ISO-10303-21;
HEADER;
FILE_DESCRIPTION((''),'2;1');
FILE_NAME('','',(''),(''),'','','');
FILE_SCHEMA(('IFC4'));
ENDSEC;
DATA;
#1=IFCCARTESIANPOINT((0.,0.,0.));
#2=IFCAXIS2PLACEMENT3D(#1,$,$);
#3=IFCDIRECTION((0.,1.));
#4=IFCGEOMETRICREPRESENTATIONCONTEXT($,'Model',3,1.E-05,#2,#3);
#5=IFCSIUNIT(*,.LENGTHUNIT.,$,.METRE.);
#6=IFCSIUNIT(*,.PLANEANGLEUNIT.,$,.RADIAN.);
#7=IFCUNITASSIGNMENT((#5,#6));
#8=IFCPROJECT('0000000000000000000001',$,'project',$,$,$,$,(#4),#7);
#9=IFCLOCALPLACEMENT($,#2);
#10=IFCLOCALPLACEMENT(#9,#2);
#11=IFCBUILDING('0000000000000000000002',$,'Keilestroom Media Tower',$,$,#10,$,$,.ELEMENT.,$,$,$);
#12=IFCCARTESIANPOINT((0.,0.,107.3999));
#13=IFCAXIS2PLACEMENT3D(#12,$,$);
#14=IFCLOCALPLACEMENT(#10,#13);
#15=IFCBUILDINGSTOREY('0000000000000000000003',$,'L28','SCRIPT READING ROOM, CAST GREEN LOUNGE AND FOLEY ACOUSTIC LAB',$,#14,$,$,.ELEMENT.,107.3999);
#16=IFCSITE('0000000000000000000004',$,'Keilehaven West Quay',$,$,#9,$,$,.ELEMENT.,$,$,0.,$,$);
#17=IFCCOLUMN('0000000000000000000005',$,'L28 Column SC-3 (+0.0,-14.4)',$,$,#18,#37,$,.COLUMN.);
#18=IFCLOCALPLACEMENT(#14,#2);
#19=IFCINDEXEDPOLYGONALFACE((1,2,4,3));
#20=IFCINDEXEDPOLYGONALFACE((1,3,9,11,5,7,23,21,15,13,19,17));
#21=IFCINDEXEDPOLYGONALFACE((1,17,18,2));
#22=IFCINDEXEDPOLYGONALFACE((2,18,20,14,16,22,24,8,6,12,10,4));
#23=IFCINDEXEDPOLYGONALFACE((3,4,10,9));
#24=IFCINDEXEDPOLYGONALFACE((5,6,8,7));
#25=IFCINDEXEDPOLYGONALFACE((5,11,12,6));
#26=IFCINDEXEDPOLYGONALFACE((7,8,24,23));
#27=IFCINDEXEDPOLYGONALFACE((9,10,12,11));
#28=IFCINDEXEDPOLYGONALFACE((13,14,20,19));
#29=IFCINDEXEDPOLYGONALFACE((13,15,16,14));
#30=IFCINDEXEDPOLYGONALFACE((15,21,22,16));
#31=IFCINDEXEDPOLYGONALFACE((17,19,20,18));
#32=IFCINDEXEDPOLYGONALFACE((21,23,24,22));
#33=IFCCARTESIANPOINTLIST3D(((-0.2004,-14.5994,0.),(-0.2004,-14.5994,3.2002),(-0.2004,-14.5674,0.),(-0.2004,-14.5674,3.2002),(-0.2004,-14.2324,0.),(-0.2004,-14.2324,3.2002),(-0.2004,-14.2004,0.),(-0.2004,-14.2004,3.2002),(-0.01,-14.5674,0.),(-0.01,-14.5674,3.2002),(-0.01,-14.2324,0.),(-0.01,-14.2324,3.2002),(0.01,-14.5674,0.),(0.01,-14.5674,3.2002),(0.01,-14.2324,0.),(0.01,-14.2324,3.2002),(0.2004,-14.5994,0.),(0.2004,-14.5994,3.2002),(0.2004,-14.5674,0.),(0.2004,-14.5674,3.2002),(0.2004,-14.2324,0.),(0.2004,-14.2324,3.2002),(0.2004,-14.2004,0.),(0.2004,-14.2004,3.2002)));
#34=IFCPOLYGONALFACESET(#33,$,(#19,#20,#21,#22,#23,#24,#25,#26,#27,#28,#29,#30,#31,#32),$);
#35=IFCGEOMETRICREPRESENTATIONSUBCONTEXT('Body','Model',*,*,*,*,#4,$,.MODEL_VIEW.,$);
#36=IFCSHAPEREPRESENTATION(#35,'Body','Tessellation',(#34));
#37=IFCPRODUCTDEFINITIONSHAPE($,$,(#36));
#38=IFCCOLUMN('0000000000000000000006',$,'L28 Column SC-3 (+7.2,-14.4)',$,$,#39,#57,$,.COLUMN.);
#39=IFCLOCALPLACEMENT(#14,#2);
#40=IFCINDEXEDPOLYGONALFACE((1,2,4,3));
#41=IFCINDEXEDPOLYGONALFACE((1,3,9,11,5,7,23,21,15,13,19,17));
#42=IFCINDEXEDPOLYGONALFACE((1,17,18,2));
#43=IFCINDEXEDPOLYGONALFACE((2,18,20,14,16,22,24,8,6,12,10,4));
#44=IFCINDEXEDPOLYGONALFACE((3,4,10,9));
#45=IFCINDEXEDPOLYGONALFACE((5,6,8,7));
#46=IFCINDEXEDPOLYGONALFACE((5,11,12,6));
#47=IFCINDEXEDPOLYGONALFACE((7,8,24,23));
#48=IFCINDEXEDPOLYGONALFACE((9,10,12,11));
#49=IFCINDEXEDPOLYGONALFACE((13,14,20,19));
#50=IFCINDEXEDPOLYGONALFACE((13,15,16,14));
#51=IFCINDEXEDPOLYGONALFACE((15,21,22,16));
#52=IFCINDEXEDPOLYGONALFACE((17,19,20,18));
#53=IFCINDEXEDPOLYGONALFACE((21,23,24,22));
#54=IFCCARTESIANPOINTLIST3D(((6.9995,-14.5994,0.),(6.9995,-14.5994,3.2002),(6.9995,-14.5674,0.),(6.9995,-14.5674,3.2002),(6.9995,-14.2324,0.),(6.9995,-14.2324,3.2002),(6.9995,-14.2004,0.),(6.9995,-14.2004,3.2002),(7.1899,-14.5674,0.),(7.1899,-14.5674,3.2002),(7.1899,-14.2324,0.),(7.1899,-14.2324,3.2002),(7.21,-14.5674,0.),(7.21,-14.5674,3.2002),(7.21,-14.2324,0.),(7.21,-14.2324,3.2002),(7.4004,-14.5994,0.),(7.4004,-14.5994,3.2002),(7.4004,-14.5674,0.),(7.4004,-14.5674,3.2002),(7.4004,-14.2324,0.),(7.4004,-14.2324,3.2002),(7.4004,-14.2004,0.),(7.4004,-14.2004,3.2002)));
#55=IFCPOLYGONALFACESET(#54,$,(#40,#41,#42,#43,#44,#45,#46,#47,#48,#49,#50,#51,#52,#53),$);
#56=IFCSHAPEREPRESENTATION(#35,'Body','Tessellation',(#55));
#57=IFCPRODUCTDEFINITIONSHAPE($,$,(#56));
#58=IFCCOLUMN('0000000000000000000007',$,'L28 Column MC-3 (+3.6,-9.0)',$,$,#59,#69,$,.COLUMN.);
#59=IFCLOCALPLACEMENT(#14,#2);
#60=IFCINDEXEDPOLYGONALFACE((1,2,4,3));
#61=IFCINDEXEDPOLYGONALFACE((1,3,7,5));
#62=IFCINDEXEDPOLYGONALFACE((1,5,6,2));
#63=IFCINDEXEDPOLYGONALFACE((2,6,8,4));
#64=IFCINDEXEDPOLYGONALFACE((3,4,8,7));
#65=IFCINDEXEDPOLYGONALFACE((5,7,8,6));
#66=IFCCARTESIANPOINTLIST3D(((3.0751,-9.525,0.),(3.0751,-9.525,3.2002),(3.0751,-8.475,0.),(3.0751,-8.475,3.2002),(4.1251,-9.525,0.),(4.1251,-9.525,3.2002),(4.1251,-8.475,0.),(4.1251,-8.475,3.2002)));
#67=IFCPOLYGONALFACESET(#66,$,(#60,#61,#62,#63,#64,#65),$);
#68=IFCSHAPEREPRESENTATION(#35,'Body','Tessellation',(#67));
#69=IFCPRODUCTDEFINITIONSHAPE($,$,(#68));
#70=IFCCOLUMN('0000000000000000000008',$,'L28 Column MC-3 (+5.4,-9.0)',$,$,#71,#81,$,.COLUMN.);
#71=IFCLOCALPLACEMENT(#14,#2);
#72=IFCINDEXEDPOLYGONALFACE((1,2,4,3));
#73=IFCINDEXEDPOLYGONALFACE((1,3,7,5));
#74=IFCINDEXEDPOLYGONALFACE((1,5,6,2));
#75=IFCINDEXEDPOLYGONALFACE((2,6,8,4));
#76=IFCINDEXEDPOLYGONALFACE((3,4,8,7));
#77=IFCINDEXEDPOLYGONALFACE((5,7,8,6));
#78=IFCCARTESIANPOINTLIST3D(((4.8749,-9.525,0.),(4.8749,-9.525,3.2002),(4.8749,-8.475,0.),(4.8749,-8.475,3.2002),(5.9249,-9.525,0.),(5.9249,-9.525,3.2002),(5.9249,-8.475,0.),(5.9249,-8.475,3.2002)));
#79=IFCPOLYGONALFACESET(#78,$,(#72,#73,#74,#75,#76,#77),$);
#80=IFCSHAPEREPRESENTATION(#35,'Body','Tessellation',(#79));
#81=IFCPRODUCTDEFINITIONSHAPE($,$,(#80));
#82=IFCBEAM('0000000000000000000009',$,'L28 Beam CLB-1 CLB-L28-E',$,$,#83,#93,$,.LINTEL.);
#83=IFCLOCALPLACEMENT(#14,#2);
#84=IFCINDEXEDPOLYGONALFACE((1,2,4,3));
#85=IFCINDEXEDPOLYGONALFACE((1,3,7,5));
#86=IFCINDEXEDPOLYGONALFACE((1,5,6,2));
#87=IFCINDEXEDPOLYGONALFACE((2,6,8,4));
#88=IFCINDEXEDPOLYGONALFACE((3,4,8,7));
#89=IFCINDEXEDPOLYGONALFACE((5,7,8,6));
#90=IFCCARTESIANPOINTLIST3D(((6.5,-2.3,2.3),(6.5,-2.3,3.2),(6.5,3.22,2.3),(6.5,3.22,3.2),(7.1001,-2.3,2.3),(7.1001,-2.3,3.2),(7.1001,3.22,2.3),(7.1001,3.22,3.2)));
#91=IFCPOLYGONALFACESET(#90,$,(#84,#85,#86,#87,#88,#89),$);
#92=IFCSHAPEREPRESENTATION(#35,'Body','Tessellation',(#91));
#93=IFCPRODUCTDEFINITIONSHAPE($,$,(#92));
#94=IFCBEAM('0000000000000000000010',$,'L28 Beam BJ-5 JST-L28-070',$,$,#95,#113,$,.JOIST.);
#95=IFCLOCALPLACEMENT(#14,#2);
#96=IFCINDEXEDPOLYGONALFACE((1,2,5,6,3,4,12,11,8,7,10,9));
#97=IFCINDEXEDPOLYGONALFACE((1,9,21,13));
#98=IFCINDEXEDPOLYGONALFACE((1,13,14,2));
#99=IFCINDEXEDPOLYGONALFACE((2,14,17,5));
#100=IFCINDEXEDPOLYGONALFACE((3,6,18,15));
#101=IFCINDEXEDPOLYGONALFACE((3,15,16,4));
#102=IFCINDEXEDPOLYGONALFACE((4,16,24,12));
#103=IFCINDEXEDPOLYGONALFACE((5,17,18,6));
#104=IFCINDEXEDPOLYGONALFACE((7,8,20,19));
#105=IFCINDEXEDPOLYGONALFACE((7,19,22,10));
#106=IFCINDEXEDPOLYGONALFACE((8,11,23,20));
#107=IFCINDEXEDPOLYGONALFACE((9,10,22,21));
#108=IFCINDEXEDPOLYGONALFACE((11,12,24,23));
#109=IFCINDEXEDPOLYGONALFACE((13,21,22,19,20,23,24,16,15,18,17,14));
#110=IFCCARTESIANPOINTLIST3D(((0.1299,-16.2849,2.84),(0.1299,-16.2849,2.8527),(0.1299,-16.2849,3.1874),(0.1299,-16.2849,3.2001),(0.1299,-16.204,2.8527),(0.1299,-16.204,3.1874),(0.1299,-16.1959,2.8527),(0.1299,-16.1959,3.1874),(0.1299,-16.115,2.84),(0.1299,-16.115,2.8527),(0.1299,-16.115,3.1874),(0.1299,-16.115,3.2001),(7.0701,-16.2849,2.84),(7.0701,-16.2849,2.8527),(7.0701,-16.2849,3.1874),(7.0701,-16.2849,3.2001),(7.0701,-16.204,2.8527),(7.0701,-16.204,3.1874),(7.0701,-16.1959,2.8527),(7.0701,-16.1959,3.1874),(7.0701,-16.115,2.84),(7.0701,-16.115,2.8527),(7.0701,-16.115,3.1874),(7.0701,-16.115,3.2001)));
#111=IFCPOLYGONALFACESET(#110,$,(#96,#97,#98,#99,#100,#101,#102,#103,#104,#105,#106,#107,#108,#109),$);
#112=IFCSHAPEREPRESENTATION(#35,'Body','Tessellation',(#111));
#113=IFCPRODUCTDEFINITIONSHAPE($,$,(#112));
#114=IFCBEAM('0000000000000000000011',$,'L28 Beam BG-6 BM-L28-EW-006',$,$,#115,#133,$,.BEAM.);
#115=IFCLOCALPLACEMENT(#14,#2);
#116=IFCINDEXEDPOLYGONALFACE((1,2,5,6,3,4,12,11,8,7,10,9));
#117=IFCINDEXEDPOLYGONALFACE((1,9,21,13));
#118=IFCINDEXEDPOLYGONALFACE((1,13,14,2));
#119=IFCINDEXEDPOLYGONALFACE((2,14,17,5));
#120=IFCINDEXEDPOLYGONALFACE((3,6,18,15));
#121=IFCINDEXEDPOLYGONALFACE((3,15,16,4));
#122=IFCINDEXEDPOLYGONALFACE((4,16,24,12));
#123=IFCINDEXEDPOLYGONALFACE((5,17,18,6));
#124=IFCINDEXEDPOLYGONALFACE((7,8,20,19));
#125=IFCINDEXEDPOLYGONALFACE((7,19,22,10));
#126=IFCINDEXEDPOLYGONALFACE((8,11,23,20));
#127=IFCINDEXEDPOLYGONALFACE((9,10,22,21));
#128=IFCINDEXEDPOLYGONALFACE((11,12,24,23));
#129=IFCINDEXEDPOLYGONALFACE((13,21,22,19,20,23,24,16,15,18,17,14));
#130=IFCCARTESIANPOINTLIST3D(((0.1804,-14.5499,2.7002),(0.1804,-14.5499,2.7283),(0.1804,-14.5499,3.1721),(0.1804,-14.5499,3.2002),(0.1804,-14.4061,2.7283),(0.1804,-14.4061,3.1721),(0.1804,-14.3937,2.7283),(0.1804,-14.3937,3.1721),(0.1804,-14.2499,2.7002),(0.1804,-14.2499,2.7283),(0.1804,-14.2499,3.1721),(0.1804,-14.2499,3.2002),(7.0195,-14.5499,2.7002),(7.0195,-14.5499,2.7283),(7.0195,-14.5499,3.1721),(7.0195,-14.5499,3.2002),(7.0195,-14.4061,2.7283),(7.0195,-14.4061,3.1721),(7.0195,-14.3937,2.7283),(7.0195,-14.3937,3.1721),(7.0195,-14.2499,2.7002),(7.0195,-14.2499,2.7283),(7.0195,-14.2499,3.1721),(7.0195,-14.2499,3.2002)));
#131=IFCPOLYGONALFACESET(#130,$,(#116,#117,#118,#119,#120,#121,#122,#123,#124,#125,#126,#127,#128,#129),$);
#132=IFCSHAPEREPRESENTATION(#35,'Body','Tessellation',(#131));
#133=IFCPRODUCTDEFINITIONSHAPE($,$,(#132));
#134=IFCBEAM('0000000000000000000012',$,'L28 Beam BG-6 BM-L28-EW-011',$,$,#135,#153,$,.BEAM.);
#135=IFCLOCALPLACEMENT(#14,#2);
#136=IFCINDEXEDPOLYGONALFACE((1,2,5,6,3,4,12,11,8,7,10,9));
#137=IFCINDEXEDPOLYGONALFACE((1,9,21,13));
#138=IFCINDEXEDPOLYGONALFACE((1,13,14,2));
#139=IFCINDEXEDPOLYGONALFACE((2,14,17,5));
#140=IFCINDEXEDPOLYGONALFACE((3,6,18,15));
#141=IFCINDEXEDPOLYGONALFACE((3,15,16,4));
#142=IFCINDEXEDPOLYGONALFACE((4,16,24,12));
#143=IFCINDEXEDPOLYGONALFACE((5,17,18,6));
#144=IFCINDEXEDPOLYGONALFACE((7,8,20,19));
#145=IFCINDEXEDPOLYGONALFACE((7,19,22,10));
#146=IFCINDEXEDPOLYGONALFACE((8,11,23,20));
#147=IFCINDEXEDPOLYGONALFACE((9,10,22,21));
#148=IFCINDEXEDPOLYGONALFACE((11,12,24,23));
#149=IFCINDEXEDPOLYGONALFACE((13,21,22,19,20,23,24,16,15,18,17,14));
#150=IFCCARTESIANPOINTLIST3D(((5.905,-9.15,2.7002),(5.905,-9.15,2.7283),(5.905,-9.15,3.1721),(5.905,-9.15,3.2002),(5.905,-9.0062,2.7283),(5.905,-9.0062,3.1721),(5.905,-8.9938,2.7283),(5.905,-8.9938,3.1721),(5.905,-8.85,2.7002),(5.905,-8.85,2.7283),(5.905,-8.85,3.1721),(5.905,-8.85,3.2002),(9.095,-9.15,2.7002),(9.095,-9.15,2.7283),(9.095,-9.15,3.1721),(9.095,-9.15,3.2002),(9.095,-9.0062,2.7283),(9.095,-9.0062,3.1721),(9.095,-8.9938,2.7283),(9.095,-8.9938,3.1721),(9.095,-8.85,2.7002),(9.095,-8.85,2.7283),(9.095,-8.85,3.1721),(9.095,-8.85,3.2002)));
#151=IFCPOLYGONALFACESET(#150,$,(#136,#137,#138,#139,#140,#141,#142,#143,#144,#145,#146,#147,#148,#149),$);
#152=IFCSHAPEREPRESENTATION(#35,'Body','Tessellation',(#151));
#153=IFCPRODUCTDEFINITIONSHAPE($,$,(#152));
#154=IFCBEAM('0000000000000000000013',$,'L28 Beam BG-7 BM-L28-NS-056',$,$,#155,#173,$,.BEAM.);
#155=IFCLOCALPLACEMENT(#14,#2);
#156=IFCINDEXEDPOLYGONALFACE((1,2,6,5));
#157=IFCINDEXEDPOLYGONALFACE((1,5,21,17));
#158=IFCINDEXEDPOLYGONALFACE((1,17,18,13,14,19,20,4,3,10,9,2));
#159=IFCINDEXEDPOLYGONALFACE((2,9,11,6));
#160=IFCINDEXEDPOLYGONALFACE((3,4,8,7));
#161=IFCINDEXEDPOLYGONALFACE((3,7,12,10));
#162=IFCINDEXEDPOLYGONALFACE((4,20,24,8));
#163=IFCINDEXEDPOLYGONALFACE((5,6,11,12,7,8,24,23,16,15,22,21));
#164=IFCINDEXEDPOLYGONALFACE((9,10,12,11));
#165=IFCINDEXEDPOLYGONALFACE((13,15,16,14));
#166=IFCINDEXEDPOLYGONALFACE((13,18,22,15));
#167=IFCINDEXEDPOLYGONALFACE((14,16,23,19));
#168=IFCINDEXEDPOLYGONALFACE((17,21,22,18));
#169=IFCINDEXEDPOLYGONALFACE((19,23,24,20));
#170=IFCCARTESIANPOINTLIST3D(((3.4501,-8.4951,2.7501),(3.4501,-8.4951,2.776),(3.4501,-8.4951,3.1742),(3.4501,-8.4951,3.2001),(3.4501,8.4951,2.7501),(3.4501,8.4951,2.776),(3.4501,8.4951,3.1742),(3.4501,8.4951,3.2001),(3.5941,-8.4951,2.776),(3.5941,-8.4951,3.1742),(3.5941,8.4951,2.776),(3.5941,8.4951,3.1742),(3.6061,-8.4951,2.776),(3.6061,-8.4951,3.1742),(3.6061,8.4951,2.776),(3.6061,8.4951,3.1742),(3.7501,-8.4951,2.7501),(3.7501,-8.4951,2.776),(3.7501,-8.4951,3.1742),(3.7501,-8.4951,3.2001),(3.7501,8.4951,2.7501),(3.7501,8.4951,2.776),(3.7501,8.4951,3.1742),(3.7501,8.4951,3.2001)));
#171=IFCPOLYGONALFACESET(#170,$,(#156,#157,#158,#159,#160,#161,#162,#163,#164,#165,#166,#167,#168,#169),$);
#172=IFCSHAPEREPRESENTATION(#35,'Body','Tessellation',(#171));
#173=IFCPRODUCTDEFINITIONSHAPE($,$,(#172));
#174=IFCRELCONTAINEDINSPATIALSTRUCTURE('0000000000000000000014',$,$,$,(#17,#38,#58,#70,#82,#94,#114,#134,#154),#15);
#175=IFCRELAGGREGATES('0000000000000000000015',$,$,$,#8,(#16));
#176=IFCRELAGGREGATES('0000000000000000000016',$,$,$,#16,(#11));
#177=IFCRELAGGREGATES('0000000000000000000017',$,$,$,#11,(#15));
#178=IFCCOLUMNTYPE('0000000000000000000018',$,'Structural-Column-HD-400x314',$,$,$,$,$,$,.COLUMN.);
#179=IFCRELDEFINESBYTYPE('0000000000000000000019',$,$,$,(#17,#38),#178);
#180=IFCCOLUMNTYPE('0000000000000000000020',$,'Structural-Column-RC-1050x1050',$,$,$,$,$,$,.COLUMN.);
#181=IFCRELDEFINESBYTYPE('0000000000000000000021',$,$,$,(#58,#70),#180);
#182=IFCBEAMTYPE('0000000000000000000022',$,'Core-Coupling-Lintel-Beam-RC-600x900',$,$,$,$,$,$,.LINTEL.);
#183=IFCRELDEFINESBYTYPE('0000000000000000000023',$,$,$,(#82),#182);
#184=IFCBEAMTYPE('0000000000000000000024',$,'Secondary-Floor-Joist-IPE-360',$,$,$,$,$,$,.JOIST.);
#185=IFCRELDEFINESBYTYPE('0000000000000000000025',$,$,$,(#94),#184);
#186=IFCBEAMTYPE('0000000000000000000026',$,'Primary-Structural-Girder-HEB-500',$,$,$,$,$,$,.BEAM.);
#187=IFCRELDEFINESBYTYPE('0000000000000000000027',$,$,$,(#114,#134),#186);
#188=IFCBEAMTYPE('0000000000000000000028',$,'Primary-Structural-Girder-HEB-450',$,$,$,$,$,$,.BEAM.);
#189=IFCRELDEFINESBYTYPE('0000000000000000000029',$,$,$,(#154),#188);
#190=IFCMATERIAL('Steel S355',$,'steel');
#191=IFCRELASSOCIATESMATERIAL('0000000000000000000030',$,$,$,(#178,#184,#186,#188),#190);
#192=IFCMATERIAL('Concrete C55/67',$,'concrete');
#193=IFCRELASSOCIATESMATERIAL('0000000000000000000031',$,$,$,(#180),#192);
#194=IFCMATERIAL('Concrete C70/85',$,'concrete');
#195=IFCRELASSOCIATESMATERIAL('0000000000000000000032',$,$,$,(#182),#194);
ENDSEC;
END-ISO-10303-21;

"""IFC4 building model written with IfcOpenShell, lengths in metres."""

from ifc_helpers import new_model, si_unit, direction, frame, origin, origin_2d, place, context, subcontext, project, spatial, rectangle, i_section, extrude, source, transform, mapped, material, material_profile, profile_set, type_object, element, save


model = new_model("IFC4")

# Units and contexts
model_context = context("Model", 3, precision=1e-05, world=origin(), true_north=direction((0.0, 1.0)))
body_context = subcontext(model_context, "Body", "Model", "MODEL_VIEW")
ifc_project = project(units=[si_unit("LENGTHUNIT", "METRE"), si_unit("PLANEANGLEUNIT", "RADIAN")], contexts=[model_context])

# Site, building, storey
site_placement = place(None, origin())
site = spatial("IfcSite", under=ifc_project, at=site_placement, Name="Keilehaven West Quay", CompositionType="ELEMENT", RefElevation=0.0)
building_placement = place(site_placement, origin())
building = spatial("IfcBuilding", under=site, at=building_placement, Name="Keilestroom Media Tower", CompositionType="ELEMENT")
storey_placement = place(building_placement, frame((0.0, 0.0, 107.3999)))
storey = spatial("IfcBuildingStorey", under=building, at=storey_placement, Name="L28", Description="SCRIPT READING ROOM, CAST GREEN LOUNGE AND FOLEY ACOUSTIC LAB", CompositionType="ELEMENT", Elevation=107.3999)

# Columns
ifc_material_1 = material(Name="Steel S355", Category="steel")
ifc_material_profile_1 = material_profile(ifc_material_1, i_section(OverallWidth=0.4009, OverallDepth=0.3989, WebThickness=0.02, FlangeThickness=0.032, at=origin_2d()), Name="HD 400x314")
ifc_profile_set_1 = profile_set([ifc_material_profile_1], Name="Steel S355")
column_type_1 = type_object("IfcColumnType", Name="Structural-Column-HD-400x314", PredefinedType="COLUMN", material=ifc_profile_set_1)
shared_shape_1 = source(origin(), body_context, "Body", "SweptSolid", [
    extrude(i_section(OverallWidth=0.4009, OverallDepth=0.3989, WebThickness=0.02, FlangeThickness=0.032, at=origin_2d()), origin(), (0.0, 0.0, 1.0), 3.2002),
])
for number, where, z_axis, x_axis, name in (
    (1, (0.0, -14.3999, 0.0), (0.0, 0.0, 1.0), (1.0, 0.0, 0.0), "L28 Column SC-3 (+0.0,-14.4)"),
    (2, (7.2, -14.3999, 0.0), (0.0, 0.0, 1.0), (1.0, 0.0, 0.0), "L28 Column SC-3 (+7.2,-14.4)"),
):
    element("IfcColumn", number, at=place(storey_placement, frame(where, z_axis=z_axis, x_axis=x_axis)), inside=storey, type_object=column_type_1, Name=name, PredefinedType="COLUMN", context=body_context, shape_type="MappedRepresentation", body=[
        mapped(shared_shape_1, transform((0.0, 0.0, 0.0), x_axis=(1.0, 0.0, 0.0), y_axis=(0.0, 1.0, 0.0), z_axis=(0.0, 0.0, 1.0), scale=1.0)),
    ])
ifc_material_2 = material(Name="Concrete C55/67", Category="concrete")
ifc_material_profile_2 = material_profile(ifc_material_2, rectangle(XDim=1.05, YDim=1.05, at=origin_2d()), Name="RC 1050x1050")
ifc_profile_set_2 = profile_set([ifc_material_profile_2], Name="Concrete C55/67")
column_type_2 = type_object("IfcColumnType", Name="Structural-Column-RC-1050x1050", PredefinedType="COLUMN", material=ifc_profile_set_2)
shared_shape_2 = source(origin(), body_context, "Body", "SweptSolid", [
    extrude(rectangle(XDim=1.05, YDim=1.05, at=origin_2d()), origin(), (0.0, 0.0, 1.0), 3.2002),
])
for number, where, z_axis, x_axis, name in (
    (3, (3.6001, -9.0, 0.0), (0.0, 0.0, 1.0), (1.0, 0.0, 0.0), "L28 Column MC-3 (+3.6,-9.0)"),
    (4, (5.3999, -9.0, 0.0), (0.0, 0.0, 1.0), (1.0, 0.0, 0.0), "L28 Column MC-3 (+5.4,-9.0)"),
):
    element("IfcColumn", number, at=place(storey_placement, frame(where, z_axis=z_axis, x_axis=x_axis)), inside=storey, type_object=column_type_2, Name=name, PredefinedType="COLUMN", context=body_context, shape_type="MappedRepresentation", body=[
        mapped(shared_shape_2, transform((0.0, 0.0, 0.0), x_axis=(1.0, 0.0, 0.0), y_axis=(0.0, 1.0, 0.0), z_axis=(0.0, 0.0, 1.0), scale=1.0)),
    ])

# Beams
ifc_material_3 = material(Name="Concrete C70/85", Category="concrete")
ifc_material_profile_3 = material_profile(ifc_material_3, rectangle(XDim=0.6001, YDim=0.8999, at=origin_2d()), Name="RC 600x900")
ifc_profile_set_3 = profile_set([ifc_material_profile_3], Name="Concrete C70/85")
beam_type_1 = type_object("IfcBeamType", Name="Core-Coupling-Lintel-Beam-RC-600x900", PredefinedType="LINTEL", material=ifc_profile_set_3)
shared_shape_3 = source(origin(), body_context, "Body", "SweptSolid", [
    extrude(rectangle(XDim=0.6001, YDim=0.8999, at=origin_2d()), origin(), (0.0, 0.0, 1.0), 5.52),
])
beam_1_placement = place(storey_placement, frame((6.8, -2.3, 2.75), z_axis=(0.0, 1.0, 0.0), x_axis=(-1.0, 0.0, 0.0)))
element("IfcBeam", 5, at=beam_1_placement, inside=storey, type_object=beam_type_1, Name="L28 Beam CLB-1 CLB-L28-E", PredefinedType="LINTEL", context=body_context, shape_type="MappedRepresentation", body=[
    mapped(shared_shape_3, transform((0.0, 0.0, 0.0), x_axis=(1.0, 0.0, 0.0), y_axis=(0.0, 1.0, 0.0), z_axis=(0.0, 0.0, 1.0), scale=1.0)),
])
ifc_material_profile_4 = material_profile(ifc_material_1, i_section(OverallWidth=0.1699, OverallDepth=0.3601, WebThickness=0.0081, FlangeThickness=0.0127, at=origin_2d()), Name="IPE 360")
ifc_profile_set_4 = profile_set([ifc_material_profile_4], Name="Steel S355")
beam_type_2 = type_object("IfcBeamType", Name="Secondary-Floor-Joist-IPE-360", PredefinedType="JOIST", material=ifc_profile_set_4)
shared_shape_4 = source(origin(), body_context, "Body", "SweptSolid", [
    extrude(i_section(OverallWidth=0.1699, OverallDepth=0.3601, WebThickness=0.0081, FlangeThickness=0.0127, at=origin_2d()), origin(), (0.0, 0.0, 1.0), 6.9402),
])
beam_2_placement = place(storey_placement, frame((0.1299, -16.2, 3.02), z_axis=(1.0, 0.0, 0.0), x_axis=(0.0, 1.0, 0.0)))
element("IfcBeam", 6, at=beam_2_placement, inside=storey, type_object=beam_type_2, Name="L28 Beam BJ-5 JST-L28-070", PredefinedType="JOIST", context=body_context, shape_type="MappedRepresentation", body=[
    mapped(shared_shape_4, transform((0.0, 0.0, 0.0), x_axis=(1.0, 0.0, 0.0), y_axis=(0.0, 1.0, 0.0), z_axis=(0.0, 0.0, 1.0), scale=1.0)),
])
ifc_material_profile_5 = material_profile(ifc_material_1, i_section(OverallWidth=0.3, OverallDepth=0.5, WebThickness=0.0125, FlangeThickness=0.0281, at=origin_2d()), Name="HEB 500")
ifc_profile_set_5 = profile_set([ifc_material_profile_5], Name="Steel S355")
beam_type_3 = type_object("IfcBeamType", Name="Primary-Structural-Girder-HEB-500", PredefinedType="BEAM", material=ifc_profile_set_5)
shared_shape_5 = source(origin(), body_context, "Body", "SweptSolid", [
    extrude(i_section(OverallWidth=0.3, OverallDepth=0.5, WebThickness=0.0125, FlangeThickness=0.0281, at=origin_2d()), origin(), (0.0, 0.0, 1.0), 6.8391),
])
beam_3_placement = place(storey_placement, frame((0.1804, -14.3999, 2.9502), z_axis=(1.0, 0.0, 0.0), x_axis=(0.0, 1.0, 0.0)))
element("IfcBeam", 7, at=beam_3_placement, inside=storey, type_object=beam_type_3, Name="L28 Beam BG-6 BM-L28-EW-006", PredefinedType="BEAM", context=body_context, shape_type="MappedRepresentation", body=[
    mapped(shared_shape_5, transform((0.0, 0.0, 0.0), x_axis=(1.0, 0.0, 0.0), y_axis=(0.0, 1.0, 0.0), z_axis=(0.0, 0.0, 1.0), scale=1.0)),
])
shared_shape_6 = source(origin(), body_context, "Body", "SweptSolid", [
    extrude(i_section(OverallWidth=0.3, OverallDepth=0.5, WebThickness=0.0125, FlangeThickness=0.0281, at=origin_2d()), origin(), (0.0, 0.0, 1.0), 3.1899),
])
beam_4_placement = place(storey_placement, frame((5.905, -9.0, 2.9502), z_axis=(1.0, 0.0, 0.0), x_axis=(0.0, 1.0, 0.0)))
element("IfcBeam", 8, at=beam_4_placement, inside=storey, type_object=beam_type_3, Name="L28 Beam BG-6 BM-L28-EW-011", PredefinedType="BEAM", context=body_context, shape_type="MappedRepresentation", body=[
    mapped(shared_shape_6, transform((0.0, 0.0, 0.0), x_axis=(1.0, 0.0, 0.0), y_axis=(0.0, 1.0, 0.0), z_axis=(0.0, 0.0, 1.0), scale=1.0)),
])
ifc_material_profile_6 = material_profile(ifc_material_1, i_section(OverallWidth=0.3, OverallDepth=0.45, WebThickness=0.012, FlangeThickness=0.0259, at=origin_2d()), Name="HEB 450")
ifc_profile_set_6 = profile_set([ifc_material_profile_6], Name="Steel S355")
beam_type_4 = type_object("IfcBeamType", Name="Primary-Structural-Girder-HEB-450", PredefinedType="BEAM", material=ifc_profile_set_6)
shared_shape_7 = source(origin(), body_context, "Body", "SweptSolid", [
    extrude(i_section(OverallWidth=0.3, OverallDepth=0.45, WebThickness=0.012, FlangeThickness=0.0259, at=origin_2d()), origin(), (0.0, 0.0, 1.0), 16.9902),
])
beam_5_placement = place(storey_placement, frame((3.6001, -8.4951, 2.9751), z_axis=(0.0, 1.0, 0.0), x_axis=(-1.0, 0.0, 0.0)))
element("IfcBeam", 9, at=beam_5_placement, inside=storey, type_object=beam_type_4, Name="L28 Beam BG-7 BM-L28-NS-056", PredefinedType="BEAM", context=body_context, shape_type="MappedRepresentation", body=[
    mapped(shared_shape_7, transform((0.0, 0.0, 0.0), x_axis=(1.0, 0.0, 0.0), y_axis=(0.0, 1.0, 0.0), z_axis=(0.0, 0.0, 1.0), scale=1.0)),
])

save(model, "model.ifc")
